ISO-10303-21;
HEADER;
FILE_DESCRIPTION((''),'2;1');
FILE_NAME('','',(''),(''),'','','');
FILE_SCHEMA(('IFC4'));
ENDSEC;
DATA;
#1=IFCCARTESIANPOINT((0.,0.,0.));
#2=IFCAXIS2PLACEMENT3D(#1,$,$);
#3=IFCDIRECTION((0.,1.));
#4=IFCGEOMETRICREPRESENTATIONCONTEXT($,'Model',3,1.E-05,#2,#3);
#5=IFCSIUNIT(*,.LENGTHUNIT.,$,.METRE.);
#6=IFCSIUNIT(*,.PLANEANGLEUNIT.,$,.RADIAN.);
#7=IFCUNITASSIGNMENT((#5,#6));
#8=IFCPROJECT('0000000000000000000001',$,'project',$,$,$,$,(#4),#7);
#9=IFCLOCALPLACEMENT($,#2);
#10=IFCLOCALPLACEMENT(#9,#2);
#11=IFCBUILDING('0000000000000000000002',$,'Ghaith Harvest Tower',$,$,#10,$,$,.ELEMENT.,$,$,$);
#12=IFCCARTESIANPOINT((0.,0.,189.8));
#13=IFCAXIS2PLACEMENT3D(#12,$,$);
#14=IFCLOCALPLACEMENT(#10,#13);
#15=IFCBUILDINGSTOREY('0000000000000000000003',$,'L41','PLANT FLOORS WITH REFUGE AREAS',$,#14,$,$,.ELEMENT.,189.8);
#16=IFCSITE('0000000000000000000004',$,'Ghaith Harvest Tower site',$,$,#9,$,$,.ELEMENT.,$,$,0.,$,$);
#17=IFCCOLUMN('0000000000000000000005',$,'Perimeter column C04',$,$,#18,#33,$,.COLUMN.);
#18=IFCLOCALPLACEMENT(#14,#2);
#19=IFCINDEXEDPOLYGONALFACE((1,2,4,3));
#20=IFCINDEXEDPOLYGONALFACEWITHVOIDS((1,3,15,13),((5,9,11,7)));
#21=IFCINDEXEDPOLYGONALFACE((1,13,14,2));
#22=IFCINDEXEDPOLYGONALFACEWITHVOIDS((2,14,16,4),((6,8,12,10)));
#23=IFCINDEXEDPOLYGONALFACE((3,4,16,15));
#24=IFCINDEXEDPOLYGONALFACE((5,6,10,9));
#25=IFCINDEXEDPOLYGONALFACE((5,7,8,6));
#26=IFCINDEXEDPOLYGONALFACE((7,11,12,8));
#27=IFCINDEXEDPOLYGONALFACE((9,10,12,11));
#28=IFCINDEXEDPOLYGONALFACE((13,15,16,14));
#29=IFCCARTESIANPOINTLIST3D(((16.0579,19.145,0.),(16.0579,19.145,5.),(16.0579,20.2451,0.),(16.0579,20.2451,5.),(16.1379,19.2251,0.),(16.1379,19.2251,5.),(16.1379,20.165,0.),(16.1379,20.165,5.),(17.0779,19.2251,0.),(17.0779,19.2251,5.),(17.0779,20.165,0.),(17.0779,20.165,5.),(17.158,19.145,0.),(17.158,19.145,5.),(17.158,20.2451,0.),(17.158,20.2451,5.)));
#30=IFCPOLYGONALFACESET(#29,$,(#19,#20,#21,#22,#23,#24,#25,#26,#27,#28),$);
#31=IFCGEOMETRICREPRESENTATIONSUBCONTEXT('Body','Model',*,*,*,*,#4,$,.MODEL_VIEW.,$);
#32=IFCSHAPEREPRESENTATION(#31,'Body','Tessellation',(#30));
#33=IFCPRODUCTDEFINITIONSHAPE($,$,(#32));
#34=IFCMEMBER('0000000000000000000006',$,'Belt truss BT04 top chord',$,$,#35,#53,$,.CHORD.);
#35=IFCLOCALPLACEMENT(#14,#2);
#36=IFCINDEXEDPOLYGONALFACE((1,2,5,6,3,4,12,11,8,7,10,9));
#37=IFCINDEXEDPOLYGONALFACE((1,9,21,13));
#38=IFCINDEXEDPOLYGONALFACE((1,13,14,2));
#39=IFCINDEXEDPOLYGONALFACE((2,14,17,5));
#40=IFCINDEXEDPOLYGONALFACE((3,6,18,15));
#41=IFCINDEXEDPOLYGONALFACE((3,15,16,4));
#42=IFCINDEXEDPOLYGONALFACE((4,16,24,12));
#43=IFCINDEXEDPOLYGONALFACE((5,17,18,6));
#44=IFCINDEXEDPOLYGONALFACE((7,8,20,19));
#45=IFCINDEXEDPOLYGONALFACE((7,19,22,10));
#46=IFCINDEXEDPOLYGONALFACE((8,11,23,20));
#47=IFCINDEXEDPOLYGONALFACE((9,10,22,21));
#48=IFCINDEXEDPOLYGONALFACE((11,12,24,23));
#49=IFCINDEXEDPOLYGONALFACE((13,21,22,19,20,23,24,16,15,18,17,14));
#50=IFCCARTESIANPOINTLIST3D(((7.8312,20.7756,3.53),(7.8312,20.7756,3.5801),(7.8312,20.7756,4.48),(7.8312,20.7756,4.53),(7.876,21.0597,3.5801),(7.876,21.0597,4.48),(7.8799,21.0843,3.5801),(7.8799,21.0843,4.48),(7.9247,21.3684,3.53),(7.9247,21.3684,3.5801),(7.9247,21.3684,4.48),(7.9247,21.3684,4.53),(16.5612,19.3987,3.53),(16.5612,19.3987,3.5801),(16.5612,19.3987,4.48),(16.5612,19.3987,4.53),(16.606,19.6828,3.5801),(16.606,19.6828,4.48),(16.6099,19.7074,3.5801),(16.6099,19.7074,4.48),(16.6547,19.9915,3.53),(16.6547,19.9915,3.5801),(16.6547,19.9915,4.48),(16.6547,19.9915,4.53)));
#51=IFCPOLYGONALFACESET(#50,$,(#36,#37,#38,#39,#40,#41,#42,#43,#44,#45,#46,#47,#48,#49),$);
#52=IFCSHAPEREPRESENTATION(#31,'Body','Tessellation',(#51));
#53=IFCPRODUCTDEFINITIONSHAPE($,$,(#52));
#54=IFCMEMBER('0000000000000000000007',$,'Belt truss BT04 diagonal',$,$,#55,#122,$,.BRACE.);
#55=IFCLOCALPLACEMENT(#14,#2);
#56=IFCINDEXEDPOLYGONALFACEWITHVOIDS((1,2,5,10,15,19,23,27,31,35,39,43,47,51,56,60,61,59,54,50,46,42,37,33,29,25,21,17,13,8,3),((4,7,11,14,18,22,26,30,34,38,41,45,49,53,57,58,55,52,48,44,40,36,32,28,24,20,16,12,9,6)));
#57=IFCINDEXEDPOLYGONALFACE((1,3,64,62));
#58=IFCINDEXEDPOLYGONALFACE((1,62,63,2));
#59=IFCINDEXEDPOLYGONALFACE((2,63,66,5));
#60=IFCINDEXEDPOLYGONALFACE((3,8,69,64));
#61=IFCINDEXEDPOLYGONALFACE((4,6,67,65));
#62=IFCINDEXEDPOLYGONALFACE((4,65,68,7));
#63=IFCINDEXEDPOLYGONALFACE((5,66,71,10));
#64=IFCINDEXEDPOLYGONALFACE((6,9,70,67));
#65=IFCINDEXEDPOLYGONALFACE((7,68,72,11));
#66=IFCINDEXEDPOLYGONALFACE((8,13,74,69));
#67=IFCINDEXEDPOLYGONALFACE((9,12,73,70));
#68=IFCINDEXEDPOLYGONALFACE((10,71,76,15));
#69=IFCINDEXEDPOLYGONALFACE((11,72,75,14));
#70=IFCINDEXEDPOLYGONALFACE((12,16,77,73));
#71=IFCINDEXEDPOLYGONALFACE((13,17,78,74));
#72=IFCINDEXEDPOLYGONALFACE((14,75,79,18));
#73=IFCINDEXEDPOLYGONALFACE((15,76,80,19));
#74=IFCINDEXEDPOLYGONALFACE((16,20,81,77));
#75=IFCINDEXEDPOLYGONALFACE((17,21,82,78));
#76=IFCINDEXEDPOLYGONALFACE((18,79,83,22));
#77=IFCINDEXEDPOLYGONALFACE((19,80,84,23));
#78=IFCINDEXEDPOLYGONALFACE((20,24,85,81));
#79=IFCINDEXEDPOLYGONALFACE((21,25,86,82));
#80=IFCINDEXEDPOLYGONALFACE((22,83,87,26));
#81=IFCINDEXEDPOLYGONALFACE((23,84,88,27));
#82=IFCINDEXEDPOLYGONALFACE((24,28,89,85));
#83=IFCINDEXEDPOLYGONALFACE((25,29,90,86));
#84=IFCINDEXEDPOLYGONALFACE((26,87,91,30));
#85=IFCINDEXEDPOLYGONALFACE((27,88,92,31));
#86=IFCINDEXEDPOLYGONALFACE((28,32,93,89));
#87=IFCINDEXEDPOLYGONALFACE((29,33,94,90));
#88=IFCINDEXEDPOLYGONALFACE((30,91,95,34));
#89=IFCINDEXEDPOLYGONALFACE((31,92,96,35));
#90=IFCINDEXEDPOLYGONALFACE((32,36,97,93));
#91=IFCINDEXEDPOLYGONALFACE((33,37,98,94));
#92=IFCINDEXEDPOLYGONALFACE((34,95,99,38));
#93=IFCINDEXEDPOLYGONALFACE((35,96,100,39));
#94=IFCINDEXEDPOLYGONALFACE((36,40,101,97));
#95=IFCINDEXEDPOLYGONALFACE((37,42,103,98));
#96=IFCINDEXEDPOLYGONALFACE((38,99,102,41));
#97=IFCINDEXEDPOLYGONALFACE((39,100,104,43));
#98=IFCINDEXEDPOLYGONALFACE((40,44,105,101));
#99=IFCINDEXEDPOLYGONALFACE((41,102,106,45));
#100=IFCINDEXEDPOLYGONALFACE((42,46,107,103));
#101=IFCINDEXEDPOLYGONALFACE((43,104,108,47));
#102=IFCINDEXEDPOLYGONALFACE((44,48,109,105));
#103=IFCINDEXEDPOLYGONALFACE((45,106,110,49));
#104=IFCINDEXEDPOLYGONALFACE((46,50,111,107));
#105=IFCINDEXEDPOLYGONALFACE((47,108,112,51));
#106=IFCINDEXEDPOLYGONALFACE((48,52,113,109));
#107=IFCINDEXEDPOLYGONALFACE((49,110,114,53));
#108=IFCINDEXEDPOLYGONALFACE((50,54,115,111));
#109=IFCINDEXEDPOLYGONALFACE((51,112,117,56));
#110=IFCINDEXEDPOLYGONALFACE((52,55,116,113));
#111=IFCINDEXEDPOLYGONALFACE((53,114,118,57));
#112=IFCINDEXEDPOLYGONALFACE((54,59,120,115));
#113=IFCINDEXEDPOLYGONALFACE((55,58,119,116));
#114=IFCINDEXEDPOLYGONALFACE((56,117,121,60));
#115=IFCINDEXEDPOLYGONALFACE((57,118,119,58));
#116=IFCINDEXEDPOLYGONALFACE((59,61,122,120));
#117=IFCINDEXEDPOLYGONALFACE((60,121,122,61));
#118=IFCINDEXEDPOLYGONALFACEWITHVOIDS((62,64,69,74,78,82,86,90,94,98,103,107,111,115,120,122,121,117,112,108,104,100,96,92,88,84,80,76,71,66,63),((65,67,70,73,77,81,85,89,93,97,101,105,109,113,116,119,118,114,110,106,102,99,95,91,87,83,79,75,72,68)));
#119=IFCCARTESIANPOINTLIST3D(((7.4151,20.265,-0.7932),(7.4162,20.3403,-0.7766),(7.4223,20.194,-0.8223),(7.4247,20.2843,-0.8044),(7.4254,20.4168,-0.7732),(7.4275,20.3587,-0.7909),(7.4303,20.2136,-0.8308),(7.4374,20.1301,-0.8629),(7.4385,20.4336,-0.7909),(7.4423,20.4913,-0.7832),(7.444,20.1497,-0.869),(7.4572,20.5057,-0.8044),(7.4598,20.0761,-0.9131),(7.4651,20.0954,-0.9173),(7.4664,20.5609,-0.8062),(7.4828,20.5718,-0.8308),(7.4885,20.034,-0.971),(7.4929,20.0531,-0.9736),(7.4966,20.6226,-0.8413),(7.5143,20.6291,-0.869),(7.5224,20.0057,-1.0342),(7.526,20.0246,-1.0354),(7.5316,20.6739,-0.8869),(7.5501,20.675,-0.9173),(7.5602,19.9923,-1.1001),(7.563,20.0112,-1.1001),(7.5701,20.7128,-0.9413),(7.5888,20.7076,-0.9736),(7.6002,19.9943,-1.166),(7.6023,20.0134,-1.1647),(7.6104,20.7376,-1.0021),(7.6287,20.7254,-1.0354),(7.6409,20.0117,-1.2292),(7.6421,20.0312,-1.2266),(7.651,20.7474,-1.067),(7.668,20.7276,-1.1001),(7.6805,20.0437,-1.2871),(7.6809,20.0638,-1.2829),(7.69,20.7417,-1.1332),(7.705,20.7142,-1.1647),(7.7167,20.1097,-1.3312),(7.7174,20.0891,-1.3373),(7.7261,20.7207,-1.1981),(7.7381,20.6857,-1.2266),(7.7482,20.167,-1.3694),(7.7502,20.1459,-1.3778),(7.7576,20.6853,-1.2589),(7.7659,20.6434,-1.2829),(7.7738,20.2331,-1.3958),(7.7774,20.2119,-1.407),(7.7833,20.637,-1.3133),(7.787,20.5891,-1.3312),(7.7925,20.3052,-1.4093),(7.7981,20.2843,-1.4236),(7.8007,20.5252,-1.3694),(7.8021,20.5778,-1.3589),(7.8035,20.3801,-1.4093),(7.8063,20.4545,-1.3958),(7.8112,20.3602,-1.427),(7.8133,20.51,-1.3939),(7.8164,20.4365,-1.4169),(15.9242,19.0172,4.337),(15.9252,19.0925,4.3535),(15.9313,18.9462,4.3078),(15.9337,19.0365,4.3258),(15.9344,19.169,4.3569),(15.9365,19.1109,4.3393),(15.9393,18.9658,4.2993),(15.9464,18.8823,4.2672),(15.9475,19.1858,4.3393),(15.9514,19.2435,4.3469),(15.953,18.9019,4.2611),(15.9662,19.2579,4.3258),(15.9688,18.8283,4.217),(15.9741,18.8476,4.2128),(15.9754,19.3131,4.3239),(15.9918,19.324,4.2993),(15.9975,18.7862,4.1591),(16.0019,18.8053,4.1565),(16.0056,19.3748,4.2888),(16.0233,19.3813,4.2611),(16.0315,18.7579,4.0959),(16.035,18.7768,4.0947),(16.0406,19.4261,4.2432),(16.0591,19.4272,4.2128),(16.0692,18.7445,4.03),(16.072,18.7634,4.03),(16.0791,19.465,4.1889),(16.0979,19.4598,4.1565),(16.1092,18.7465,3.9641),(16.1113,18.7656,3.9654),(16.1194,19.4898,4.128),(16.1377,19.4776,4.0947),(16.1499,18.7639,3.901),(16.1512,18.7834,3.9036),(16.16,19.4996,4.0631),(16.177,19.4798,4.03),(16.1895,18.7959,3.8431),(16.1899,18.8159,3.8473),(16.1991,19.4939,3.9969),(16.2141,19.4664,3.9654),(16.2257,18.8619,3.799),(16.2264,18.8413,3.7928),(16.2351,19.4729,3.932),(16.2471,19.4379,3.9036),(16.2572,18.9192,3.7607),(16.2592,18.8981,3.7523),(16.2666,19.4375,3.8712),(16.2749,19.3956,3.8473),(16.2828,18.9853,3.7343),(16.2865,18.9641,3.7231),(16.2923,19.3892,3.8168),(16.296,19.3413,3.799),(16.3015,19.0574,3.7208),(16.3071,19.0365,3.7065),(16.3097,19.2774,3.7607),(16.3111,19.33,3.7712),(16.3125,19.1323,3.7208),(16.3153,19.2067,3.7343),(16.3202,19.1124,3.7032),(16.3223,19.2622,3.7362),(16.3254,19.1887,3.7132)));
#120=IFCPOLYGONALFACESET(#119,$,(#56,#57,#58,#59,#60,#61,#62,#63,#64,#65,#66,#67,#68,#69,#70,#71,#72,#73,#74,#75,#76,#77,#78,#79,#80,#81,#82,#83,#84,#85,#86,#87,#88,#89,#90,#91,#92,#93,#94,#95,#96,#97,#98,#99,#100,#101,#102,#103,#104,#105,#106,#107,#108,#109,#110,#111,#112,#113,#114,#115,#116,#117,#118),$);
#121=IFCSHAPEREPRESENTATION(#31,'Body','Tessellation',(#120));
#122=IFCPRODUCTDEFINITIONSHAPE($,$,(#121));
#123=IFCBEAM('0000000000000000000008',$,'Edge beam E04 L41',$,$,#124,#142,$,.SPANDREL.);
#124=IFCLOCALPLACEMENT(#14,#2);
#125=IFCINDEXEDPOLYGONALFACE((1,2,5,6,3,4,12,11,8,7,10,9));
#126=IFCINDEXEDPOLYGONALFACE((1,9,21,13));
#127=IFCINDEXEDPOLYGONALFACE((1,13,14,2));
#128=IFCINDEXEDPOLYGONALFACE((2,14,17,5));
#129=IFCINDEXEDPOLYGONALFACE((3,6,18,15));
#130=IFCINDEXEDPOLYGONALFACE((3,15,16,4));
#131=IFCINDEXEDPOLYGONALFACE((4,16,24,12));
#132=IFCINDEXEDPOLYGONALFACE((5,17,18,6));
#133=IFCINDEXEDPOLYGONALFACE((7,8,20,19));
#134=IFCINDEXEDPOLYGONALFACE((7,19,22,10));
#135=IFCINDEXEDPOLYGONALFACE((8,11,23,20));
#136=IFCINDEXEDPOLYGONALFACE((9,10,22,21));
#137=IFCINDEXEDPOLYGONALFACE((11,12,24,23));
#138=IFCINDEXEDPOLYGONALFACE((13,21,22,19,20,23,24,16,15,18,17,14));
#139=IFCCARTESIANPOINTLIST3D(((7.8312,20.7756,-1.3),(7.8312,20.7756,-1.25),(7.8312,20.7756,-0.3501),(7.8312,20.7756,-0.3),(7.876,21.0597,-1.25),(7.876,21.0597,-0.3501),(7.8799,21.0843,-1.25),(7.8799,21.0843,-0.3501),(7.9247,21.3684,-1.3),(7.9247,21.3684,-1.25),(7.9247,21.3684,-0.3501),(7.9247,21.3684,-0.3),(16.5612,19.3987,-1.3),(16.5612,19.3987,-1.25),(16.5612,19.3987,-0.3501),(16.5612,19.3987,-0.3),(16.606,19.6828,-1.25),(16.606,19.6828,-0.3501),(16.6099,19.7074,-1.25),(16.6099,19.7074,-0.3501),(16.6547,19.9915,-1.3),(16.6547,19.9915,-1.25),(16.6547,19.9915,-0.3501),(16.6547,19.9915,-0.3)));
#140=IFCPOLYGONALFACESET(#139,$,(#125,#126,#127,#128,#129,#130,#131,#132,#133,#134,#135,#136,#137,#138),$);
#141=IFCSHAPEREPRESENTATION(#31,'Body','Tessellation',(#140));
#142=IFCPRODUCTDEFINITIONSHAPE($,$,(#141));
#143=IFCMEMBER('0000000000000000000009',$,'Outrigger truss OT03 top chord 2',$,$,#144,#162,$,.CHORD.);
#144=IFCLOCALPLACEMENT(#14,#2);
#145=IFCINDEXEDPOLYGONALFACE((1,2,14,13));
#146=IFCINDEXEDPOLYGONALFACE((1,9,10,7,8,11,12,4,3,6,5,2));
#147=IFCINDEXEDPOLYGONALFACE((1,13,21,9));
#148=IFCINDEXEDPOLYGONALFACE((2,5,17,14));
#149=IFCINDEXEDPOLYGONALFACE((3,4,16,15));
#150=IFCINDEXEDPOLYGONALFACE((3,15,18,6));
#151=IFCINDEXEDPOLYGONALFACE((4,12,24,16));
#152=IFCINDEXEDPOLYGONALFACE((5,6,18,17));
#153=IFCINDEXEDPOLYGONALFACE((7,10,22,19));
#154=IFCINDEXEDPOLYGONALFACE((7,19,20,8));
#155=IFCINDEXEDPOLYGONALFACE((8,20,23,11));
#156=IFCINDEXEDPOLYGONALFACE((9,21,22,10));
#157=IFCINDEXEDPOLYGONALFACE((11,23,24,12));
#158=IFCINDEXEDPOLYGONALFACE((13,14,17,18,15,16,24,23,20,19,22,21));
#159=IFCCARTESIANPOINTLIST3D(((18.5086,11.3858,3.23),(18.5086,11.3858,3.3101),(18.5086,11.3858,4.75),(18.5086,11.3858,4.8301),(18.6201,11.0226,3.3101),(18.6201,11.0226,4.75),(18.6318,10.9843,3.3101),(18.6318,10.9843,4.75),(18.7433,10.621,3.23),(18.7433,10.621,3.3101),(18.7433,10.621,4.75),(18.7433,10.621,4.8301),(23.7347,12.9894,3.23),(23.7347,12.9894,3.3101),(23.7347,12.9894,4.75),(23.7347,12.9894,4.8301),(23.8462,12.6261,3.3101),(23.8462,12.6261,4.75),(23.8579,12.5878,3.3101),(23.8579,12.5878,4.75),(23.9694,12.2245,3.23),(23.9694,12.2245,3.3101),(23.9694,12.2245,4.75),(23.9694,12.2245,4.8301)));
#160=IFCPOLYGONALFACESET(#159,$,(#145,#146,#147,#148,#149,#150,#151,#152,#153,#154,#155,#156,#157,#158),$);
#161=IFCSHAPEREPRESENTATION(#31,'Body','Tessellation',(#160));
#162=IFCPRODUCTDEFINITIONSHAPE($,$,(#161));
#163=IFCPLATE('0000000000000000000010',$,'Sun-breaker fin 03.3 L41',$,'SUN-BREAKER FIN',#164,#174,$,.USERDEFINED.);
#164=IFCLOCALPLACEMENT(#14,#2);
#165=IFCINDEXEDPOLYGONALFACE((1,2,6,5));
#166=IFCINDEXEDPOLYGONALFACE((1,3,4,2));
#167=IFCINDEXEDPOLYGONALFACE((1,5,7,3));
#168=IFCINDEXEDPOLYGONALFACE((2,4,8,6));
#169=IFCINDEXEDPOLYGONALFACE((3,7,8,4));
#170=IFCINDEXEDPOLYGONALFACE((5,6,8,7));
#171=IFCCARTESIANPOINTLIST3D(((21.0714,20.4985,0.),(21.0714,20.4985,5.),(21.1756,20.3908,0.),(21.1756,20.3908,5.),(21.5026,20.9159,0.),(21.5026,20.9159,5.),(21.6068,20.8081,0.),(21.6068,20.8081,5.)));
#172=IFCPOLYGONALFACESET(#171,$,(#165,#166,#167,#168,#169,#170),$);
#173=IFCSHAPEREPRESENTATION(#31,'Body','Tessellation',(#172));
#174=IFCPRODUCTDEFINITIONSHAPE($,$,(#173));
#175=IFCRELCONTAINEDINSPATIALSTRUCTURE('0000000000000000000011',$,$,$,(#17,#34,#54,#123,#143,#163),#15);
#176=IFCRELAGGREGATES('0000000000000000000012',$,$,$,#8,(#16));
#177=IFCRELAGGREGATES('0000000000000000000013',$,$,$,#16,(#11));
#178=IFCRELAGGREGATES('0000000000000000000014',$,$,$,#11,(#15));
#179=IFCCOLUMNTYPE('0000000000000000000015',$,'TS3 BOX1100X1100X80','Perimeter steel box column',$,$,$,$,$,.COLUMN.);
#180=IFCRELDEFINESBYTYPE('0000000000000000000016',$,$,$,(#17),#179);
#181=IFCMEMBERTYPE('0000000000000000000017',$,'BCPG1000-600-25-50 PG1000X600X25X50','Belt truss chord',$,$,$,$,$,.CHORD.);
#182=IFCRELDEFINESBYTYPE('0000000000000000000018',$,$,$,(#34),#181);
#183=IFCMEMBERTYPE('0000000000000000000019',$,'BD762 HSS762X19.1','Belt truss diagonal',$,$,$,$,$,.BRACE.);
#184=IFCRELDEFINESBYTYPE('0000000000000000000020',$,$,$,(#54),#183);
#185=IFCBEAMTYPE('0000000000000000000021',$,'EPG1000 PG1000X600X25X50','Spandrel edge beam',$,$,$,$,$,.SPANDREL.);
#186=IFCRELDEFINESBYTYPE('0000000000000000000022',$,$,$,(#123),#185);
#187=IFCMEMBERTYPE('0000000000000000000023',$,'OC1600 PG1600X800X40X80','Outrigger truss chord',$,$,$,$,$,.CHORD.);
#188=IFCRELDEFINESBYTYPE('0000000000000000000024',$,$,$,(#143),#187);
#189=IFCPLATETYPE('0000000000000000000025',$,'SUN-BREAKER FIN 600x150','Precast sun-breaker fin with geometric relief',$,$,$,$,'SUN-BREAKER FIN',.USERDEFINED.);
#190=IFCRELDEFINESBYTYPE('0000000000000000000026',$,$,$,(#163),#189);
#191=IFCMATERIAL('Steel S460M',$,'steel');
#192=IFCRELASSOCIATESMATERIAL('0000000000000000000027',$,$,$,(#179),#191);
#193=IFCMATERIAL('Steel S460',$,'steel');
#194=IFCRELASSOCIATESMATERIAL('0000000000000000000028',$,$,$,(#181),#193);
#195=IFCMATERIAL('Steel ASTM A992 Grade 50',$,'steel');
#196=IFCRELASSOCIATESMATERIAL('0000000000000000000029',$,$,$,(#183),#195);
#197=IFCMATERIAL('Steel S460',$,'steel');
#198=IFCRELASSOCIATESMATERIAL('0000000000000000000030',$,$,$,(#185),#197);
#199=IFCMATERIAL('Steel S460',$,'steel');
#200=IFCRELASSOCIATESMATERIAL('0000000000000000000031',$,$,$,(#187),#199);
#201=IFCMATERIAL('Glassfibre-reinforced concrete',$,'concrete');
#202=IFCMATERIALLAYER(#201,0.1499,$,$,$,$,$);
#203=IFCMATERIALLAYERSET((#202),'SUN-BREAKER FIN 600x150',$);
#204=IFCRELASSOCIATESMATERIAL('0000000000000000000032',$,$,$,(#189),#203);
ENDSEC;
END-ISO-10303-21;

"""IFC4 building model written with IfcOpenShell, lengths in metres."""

from ifc_helpers import new_model, si_unit, direction, frame, origin, origin_2d, place, context, subcontext, project, spatial, rectangle, hollow_rectangle, hollow_circle, i_section, extrude, material, layer, layer_set, material_profile, profile_set, type_object, element, save


model = new_model("IFC4")

# Units and contexts
model_context = context("Model", 3, precision=1e-05, world=origin(), true_north=direction((0.0, 1.0)))
body_context = subcontext(model_context, "Body", "Model", "MODEL_VIEW")
ifc_project = project(units=[si_unit("LENGTHUNIT", "METRE"), si_unit("PLANEANGLEUNIT", "RADIAN")], contexts=[model_context])

# Site, building, storey
site_placement = place(None, origin())
site = spatial("IfcSite", under=ifc_project, at=site_placement, Name="Ghaith Harvest Tower site", CompositionType="ELEMENT", RefElevation=0.0)
building_placement = place(site_placement, origin())
building = spatial("IfcBuilding", under=site, at=building_placement, Name="Ghaith Harvest Tower", CompositionType="ELEMENT")
storey_placement = place(building_placement, frame((0.0, 0.0, 189.8)))
storey = spatial("IfcBuildingStorey", under=building, at=storey_placement, Name="L41", Description="PLANT FLOORS WITH REFUGE AREAS", CompositionType="ELEMENT", Elevation=189.8)

# Column
ifc_material_1 = material(Name="Steel S460M", Category="steel")
ifc_material_profile_1 = material_profile(ifc_material_1, hollow_rectangle(XDim=1.1001, YDim=1.1001, WallThickness=0.0801, at=origin_2d()), Name="BOX1100X1100X80")
ifc_profile_set_1 = profile_set([ifc_material_profile_1], Name="Steel S460M")
column_type = type_object("IfcColumnType", Name="TS3 BOX1100X1100X80", Description="Perimeter steel box column", PredefinedType="COLUMN", material=ifc_profile_set_1)
column_placement = place(storey_placement, frame((16.6079, 19.6951, 0.0), z_axis=(0.0, 0.0, 1.0), x_axis=(1.0, 0.0, 0.0)))
element("IfcColumn", 1, at=column_placement, inside=storey, type_object=column_type, Name="Perimeter column C04", PredefinedType="COLUMN", context=body_context, shape_type="SweptSolid", body=[
    extrude(hollow_rectangle(XDim=1.1001, YDim=1.1001, WallThickness=0.0801, at=origin_2d()), origin(), (0.0, 0.0, 1.0), 5.0),
])

# Members
ifc_material_2 = material(Name="Steel S460", Category="steel")
ifc_material_profile_2 = material_profile(ifc_material_2, i_section(OverallWidth=0.6001, OverallDepth=1.0, WebThickness=0.0249, FlangeThickness=0.05, at=origin_2d()), Name="PG1000X600X25X50")
ifc_profile_set_2 = profile_set([ifc_material_profile_2], Name="Steel S460")
member_type_1 = type_object("IfcMemberType", Name="BCPG1000-600-25-50 PG1000X600X25X50", Description="Belt truss chord", PredefinedType="CHORD", material=ifc_profile_set_2)
member_1_placement = place(storey_placement, frame((16.6079, 19.6951, 4.03), z_axis=(-0.987788, 0.155801, 0.0), x_axis=(-0.155801, -0.987788, 0.0)))
element("IfcMember", 2, at=member_1_placement, inside=storey, type_object=member_type_1, Name="Belt truss BT04 top chord", PredefinedType="CHORD", context=body_context, shape_type="SweptSolid", body=[
    extrude(i_section(OverallWidth=0.6001, OverallDepth=1.0, WebThickness=0.0249, FlangeThickness=0.05, at=origin_2d()), origin(), (0.0, 0.0, 1.0), 8.8379),
])
ifc_material_3 = material(Name="Steel ASTM A992 Grade 50", Category="steel")
ifc_material_profile_3 = material_profile(ifc_material_3, hollow_circle(Radius=0.3811, WallThickness=0.019, at=origin_2d()), Name="HSS762X19.1")
ifc_profile_set_3 = profile_set([ifc_material_profile_3], Name="Steel ASTM A992 Grade 50")
member_type_2 = type_object("IfcMemberType", Name="BD762 HSS762X19.1", Description="Belt truss diagonal", PredefinedType="BRACE", material=ifc_profile_set_3)
member_2_placement = place(storey_placement, frame((16.1245, 19.1216, 4.03), z_axis=(-0.849719, 0.124607, -0.512299), x_axis=(-0.145093, -0.989418, 0.0)))
element("IfcMember", 3, at=member_2_placement, inside=storey, type_object=member_type_2, Name="Belt truss BT04 diagonal", PredefinedType="BRACE", context=body_context, shape_type="SweptSolid", body=[
    extrude(hollow_circle(Radius=0.3811, WallThickness=0.019, at=origin_2d()), origin(), (0.0, 0.0, 1.0), 10.0139),
])

# Beam
ifc_material_4 = material(Name="Steel S460", Category="steel")
ifc_material_profile_4 = material_profile(ifc_material_4, i_section(OverallWidth=0.6001, OverallDepth=1.0, WebThickness=0.0249, FlangeThickness=0.05, at=origin_2d()), Name="PG1000X600X25X50")
ifc_profile_set_4 = profile_set([ifc_material_profile_4], Name="Steel S460")
beam_type = type_object("IfcBeamType", Name="EPG1000 PG1000X600X25X50", Description="Spandrel edge beam", PredefinedType="SPANDREL", material=ifc_profile_set_4)
beam_placement = place(storey_placement, frame((16.6079, 19.6951, -0.8), z_axis=(-0.987788, 0.155801, 0.0), x_axis=(-0.155801, -0.987788, 0.0)))
element("IfcBeam", 4, at=beam_placement, inside=storey, type_object=beam_type, Name="Edge beam E04 L41", PredefinedType="SPANDREL", context=body_context, shape_type="SweptSolid", body=[
    extrude(i_section(OverallWidth=0.6001, OverallDepth=1.0, WebThickness=0.0249, FlangeThickness=0.05, at=origin_2d()), origin(), (0.0, 0.0, 1.0), 8.8379),
])

# Member
ifc_material_5 = material(Name="Steel S460", Category="steel")
ifc_material_profile_5 = material_profile(ifc_material_5, i_section(OverallWidth=0.8, OverallDepth=1.6001, WebThickness=0.04, FlangeThickness=0.0801, at=origin_2d()), Name="PG1600X800X40X80")
ifc_profile_set_5 = profile_set([ifc_material_profile_5], Name="Steel S460")
member_type_3 = type_object("IfcMemberType", Name="OC1600 PG1600X800X40X80", Description="Outrigger truss chord", PredefinedType="CHORD", material=ifc_profile_set_5)
member_3_placement = place(storey_placement, frame((18.626, 11.0034, 4.03), z_axis=(0.95601, 0.293333, 0.0), x_axis=(-0.293333, 0.95601, 0.0)))
element("IfcMember", 5, at=member_3_placement, inside=storey, type_object=member_type_3, Name="Outrigger truss OT03 top chord 2", PredefinedType="CHORD", context=body_context, shape_type="SweptSolid", body=[
    extrude(i_section(OverallWidth=0.8, OverallDepth=1.6001, WebThickness=0.04, FlangeThickness=0.0801, at=origin_2d()), origin(), (0.0, 0.0, 1.0), 5.4666),
])

# Plate
ifc_material_6 = material(Name="Glassfibre-reinforced concrete", Category="concrete")
ifc_layer_1 = layer(ifc_material_6, 0.1499)
ifc_layer_set_1 = layer_set([ifc_layer_1], Name="SUN-BREAKER FIN 600x150")
plate_type = type_object("IfcPlateType", Name="SUN-BREAKER FIN 600x150", Description="Precast sun-breaker fin with geometric relief", ElementType="SUN-BREAKER FIN", PredefinedType="USERDEFINED", material=ifc_layer_set_1)
for number, where, z_axis, x_axis, name in (
    (6, (21.3391, 20.6533, 0.0), (0.0, 0.0, 1.0), (0.718559, 0.695466, 0.0), "Sun-breaker fin 03.3 L41"),
):
    element("IfcPlate", number, at=place(storey_placement, frame(where, z_axis=z_axis, x_axis=x_axis)), inside=storey, type_object=plate_type, Name=name, ObjectType="SUN-BREAKER FIN", PredefinedType="USERDEFINED", context=body_context, shape_type="SweptSolid", body=[
        extrude(rectangle(XDim=0.6001, YDim=0.1499, at=origin_2d()), origin(), (0.0, 0.0, 1.0), 5.0),
    ])

save(model, "model.ifc")
